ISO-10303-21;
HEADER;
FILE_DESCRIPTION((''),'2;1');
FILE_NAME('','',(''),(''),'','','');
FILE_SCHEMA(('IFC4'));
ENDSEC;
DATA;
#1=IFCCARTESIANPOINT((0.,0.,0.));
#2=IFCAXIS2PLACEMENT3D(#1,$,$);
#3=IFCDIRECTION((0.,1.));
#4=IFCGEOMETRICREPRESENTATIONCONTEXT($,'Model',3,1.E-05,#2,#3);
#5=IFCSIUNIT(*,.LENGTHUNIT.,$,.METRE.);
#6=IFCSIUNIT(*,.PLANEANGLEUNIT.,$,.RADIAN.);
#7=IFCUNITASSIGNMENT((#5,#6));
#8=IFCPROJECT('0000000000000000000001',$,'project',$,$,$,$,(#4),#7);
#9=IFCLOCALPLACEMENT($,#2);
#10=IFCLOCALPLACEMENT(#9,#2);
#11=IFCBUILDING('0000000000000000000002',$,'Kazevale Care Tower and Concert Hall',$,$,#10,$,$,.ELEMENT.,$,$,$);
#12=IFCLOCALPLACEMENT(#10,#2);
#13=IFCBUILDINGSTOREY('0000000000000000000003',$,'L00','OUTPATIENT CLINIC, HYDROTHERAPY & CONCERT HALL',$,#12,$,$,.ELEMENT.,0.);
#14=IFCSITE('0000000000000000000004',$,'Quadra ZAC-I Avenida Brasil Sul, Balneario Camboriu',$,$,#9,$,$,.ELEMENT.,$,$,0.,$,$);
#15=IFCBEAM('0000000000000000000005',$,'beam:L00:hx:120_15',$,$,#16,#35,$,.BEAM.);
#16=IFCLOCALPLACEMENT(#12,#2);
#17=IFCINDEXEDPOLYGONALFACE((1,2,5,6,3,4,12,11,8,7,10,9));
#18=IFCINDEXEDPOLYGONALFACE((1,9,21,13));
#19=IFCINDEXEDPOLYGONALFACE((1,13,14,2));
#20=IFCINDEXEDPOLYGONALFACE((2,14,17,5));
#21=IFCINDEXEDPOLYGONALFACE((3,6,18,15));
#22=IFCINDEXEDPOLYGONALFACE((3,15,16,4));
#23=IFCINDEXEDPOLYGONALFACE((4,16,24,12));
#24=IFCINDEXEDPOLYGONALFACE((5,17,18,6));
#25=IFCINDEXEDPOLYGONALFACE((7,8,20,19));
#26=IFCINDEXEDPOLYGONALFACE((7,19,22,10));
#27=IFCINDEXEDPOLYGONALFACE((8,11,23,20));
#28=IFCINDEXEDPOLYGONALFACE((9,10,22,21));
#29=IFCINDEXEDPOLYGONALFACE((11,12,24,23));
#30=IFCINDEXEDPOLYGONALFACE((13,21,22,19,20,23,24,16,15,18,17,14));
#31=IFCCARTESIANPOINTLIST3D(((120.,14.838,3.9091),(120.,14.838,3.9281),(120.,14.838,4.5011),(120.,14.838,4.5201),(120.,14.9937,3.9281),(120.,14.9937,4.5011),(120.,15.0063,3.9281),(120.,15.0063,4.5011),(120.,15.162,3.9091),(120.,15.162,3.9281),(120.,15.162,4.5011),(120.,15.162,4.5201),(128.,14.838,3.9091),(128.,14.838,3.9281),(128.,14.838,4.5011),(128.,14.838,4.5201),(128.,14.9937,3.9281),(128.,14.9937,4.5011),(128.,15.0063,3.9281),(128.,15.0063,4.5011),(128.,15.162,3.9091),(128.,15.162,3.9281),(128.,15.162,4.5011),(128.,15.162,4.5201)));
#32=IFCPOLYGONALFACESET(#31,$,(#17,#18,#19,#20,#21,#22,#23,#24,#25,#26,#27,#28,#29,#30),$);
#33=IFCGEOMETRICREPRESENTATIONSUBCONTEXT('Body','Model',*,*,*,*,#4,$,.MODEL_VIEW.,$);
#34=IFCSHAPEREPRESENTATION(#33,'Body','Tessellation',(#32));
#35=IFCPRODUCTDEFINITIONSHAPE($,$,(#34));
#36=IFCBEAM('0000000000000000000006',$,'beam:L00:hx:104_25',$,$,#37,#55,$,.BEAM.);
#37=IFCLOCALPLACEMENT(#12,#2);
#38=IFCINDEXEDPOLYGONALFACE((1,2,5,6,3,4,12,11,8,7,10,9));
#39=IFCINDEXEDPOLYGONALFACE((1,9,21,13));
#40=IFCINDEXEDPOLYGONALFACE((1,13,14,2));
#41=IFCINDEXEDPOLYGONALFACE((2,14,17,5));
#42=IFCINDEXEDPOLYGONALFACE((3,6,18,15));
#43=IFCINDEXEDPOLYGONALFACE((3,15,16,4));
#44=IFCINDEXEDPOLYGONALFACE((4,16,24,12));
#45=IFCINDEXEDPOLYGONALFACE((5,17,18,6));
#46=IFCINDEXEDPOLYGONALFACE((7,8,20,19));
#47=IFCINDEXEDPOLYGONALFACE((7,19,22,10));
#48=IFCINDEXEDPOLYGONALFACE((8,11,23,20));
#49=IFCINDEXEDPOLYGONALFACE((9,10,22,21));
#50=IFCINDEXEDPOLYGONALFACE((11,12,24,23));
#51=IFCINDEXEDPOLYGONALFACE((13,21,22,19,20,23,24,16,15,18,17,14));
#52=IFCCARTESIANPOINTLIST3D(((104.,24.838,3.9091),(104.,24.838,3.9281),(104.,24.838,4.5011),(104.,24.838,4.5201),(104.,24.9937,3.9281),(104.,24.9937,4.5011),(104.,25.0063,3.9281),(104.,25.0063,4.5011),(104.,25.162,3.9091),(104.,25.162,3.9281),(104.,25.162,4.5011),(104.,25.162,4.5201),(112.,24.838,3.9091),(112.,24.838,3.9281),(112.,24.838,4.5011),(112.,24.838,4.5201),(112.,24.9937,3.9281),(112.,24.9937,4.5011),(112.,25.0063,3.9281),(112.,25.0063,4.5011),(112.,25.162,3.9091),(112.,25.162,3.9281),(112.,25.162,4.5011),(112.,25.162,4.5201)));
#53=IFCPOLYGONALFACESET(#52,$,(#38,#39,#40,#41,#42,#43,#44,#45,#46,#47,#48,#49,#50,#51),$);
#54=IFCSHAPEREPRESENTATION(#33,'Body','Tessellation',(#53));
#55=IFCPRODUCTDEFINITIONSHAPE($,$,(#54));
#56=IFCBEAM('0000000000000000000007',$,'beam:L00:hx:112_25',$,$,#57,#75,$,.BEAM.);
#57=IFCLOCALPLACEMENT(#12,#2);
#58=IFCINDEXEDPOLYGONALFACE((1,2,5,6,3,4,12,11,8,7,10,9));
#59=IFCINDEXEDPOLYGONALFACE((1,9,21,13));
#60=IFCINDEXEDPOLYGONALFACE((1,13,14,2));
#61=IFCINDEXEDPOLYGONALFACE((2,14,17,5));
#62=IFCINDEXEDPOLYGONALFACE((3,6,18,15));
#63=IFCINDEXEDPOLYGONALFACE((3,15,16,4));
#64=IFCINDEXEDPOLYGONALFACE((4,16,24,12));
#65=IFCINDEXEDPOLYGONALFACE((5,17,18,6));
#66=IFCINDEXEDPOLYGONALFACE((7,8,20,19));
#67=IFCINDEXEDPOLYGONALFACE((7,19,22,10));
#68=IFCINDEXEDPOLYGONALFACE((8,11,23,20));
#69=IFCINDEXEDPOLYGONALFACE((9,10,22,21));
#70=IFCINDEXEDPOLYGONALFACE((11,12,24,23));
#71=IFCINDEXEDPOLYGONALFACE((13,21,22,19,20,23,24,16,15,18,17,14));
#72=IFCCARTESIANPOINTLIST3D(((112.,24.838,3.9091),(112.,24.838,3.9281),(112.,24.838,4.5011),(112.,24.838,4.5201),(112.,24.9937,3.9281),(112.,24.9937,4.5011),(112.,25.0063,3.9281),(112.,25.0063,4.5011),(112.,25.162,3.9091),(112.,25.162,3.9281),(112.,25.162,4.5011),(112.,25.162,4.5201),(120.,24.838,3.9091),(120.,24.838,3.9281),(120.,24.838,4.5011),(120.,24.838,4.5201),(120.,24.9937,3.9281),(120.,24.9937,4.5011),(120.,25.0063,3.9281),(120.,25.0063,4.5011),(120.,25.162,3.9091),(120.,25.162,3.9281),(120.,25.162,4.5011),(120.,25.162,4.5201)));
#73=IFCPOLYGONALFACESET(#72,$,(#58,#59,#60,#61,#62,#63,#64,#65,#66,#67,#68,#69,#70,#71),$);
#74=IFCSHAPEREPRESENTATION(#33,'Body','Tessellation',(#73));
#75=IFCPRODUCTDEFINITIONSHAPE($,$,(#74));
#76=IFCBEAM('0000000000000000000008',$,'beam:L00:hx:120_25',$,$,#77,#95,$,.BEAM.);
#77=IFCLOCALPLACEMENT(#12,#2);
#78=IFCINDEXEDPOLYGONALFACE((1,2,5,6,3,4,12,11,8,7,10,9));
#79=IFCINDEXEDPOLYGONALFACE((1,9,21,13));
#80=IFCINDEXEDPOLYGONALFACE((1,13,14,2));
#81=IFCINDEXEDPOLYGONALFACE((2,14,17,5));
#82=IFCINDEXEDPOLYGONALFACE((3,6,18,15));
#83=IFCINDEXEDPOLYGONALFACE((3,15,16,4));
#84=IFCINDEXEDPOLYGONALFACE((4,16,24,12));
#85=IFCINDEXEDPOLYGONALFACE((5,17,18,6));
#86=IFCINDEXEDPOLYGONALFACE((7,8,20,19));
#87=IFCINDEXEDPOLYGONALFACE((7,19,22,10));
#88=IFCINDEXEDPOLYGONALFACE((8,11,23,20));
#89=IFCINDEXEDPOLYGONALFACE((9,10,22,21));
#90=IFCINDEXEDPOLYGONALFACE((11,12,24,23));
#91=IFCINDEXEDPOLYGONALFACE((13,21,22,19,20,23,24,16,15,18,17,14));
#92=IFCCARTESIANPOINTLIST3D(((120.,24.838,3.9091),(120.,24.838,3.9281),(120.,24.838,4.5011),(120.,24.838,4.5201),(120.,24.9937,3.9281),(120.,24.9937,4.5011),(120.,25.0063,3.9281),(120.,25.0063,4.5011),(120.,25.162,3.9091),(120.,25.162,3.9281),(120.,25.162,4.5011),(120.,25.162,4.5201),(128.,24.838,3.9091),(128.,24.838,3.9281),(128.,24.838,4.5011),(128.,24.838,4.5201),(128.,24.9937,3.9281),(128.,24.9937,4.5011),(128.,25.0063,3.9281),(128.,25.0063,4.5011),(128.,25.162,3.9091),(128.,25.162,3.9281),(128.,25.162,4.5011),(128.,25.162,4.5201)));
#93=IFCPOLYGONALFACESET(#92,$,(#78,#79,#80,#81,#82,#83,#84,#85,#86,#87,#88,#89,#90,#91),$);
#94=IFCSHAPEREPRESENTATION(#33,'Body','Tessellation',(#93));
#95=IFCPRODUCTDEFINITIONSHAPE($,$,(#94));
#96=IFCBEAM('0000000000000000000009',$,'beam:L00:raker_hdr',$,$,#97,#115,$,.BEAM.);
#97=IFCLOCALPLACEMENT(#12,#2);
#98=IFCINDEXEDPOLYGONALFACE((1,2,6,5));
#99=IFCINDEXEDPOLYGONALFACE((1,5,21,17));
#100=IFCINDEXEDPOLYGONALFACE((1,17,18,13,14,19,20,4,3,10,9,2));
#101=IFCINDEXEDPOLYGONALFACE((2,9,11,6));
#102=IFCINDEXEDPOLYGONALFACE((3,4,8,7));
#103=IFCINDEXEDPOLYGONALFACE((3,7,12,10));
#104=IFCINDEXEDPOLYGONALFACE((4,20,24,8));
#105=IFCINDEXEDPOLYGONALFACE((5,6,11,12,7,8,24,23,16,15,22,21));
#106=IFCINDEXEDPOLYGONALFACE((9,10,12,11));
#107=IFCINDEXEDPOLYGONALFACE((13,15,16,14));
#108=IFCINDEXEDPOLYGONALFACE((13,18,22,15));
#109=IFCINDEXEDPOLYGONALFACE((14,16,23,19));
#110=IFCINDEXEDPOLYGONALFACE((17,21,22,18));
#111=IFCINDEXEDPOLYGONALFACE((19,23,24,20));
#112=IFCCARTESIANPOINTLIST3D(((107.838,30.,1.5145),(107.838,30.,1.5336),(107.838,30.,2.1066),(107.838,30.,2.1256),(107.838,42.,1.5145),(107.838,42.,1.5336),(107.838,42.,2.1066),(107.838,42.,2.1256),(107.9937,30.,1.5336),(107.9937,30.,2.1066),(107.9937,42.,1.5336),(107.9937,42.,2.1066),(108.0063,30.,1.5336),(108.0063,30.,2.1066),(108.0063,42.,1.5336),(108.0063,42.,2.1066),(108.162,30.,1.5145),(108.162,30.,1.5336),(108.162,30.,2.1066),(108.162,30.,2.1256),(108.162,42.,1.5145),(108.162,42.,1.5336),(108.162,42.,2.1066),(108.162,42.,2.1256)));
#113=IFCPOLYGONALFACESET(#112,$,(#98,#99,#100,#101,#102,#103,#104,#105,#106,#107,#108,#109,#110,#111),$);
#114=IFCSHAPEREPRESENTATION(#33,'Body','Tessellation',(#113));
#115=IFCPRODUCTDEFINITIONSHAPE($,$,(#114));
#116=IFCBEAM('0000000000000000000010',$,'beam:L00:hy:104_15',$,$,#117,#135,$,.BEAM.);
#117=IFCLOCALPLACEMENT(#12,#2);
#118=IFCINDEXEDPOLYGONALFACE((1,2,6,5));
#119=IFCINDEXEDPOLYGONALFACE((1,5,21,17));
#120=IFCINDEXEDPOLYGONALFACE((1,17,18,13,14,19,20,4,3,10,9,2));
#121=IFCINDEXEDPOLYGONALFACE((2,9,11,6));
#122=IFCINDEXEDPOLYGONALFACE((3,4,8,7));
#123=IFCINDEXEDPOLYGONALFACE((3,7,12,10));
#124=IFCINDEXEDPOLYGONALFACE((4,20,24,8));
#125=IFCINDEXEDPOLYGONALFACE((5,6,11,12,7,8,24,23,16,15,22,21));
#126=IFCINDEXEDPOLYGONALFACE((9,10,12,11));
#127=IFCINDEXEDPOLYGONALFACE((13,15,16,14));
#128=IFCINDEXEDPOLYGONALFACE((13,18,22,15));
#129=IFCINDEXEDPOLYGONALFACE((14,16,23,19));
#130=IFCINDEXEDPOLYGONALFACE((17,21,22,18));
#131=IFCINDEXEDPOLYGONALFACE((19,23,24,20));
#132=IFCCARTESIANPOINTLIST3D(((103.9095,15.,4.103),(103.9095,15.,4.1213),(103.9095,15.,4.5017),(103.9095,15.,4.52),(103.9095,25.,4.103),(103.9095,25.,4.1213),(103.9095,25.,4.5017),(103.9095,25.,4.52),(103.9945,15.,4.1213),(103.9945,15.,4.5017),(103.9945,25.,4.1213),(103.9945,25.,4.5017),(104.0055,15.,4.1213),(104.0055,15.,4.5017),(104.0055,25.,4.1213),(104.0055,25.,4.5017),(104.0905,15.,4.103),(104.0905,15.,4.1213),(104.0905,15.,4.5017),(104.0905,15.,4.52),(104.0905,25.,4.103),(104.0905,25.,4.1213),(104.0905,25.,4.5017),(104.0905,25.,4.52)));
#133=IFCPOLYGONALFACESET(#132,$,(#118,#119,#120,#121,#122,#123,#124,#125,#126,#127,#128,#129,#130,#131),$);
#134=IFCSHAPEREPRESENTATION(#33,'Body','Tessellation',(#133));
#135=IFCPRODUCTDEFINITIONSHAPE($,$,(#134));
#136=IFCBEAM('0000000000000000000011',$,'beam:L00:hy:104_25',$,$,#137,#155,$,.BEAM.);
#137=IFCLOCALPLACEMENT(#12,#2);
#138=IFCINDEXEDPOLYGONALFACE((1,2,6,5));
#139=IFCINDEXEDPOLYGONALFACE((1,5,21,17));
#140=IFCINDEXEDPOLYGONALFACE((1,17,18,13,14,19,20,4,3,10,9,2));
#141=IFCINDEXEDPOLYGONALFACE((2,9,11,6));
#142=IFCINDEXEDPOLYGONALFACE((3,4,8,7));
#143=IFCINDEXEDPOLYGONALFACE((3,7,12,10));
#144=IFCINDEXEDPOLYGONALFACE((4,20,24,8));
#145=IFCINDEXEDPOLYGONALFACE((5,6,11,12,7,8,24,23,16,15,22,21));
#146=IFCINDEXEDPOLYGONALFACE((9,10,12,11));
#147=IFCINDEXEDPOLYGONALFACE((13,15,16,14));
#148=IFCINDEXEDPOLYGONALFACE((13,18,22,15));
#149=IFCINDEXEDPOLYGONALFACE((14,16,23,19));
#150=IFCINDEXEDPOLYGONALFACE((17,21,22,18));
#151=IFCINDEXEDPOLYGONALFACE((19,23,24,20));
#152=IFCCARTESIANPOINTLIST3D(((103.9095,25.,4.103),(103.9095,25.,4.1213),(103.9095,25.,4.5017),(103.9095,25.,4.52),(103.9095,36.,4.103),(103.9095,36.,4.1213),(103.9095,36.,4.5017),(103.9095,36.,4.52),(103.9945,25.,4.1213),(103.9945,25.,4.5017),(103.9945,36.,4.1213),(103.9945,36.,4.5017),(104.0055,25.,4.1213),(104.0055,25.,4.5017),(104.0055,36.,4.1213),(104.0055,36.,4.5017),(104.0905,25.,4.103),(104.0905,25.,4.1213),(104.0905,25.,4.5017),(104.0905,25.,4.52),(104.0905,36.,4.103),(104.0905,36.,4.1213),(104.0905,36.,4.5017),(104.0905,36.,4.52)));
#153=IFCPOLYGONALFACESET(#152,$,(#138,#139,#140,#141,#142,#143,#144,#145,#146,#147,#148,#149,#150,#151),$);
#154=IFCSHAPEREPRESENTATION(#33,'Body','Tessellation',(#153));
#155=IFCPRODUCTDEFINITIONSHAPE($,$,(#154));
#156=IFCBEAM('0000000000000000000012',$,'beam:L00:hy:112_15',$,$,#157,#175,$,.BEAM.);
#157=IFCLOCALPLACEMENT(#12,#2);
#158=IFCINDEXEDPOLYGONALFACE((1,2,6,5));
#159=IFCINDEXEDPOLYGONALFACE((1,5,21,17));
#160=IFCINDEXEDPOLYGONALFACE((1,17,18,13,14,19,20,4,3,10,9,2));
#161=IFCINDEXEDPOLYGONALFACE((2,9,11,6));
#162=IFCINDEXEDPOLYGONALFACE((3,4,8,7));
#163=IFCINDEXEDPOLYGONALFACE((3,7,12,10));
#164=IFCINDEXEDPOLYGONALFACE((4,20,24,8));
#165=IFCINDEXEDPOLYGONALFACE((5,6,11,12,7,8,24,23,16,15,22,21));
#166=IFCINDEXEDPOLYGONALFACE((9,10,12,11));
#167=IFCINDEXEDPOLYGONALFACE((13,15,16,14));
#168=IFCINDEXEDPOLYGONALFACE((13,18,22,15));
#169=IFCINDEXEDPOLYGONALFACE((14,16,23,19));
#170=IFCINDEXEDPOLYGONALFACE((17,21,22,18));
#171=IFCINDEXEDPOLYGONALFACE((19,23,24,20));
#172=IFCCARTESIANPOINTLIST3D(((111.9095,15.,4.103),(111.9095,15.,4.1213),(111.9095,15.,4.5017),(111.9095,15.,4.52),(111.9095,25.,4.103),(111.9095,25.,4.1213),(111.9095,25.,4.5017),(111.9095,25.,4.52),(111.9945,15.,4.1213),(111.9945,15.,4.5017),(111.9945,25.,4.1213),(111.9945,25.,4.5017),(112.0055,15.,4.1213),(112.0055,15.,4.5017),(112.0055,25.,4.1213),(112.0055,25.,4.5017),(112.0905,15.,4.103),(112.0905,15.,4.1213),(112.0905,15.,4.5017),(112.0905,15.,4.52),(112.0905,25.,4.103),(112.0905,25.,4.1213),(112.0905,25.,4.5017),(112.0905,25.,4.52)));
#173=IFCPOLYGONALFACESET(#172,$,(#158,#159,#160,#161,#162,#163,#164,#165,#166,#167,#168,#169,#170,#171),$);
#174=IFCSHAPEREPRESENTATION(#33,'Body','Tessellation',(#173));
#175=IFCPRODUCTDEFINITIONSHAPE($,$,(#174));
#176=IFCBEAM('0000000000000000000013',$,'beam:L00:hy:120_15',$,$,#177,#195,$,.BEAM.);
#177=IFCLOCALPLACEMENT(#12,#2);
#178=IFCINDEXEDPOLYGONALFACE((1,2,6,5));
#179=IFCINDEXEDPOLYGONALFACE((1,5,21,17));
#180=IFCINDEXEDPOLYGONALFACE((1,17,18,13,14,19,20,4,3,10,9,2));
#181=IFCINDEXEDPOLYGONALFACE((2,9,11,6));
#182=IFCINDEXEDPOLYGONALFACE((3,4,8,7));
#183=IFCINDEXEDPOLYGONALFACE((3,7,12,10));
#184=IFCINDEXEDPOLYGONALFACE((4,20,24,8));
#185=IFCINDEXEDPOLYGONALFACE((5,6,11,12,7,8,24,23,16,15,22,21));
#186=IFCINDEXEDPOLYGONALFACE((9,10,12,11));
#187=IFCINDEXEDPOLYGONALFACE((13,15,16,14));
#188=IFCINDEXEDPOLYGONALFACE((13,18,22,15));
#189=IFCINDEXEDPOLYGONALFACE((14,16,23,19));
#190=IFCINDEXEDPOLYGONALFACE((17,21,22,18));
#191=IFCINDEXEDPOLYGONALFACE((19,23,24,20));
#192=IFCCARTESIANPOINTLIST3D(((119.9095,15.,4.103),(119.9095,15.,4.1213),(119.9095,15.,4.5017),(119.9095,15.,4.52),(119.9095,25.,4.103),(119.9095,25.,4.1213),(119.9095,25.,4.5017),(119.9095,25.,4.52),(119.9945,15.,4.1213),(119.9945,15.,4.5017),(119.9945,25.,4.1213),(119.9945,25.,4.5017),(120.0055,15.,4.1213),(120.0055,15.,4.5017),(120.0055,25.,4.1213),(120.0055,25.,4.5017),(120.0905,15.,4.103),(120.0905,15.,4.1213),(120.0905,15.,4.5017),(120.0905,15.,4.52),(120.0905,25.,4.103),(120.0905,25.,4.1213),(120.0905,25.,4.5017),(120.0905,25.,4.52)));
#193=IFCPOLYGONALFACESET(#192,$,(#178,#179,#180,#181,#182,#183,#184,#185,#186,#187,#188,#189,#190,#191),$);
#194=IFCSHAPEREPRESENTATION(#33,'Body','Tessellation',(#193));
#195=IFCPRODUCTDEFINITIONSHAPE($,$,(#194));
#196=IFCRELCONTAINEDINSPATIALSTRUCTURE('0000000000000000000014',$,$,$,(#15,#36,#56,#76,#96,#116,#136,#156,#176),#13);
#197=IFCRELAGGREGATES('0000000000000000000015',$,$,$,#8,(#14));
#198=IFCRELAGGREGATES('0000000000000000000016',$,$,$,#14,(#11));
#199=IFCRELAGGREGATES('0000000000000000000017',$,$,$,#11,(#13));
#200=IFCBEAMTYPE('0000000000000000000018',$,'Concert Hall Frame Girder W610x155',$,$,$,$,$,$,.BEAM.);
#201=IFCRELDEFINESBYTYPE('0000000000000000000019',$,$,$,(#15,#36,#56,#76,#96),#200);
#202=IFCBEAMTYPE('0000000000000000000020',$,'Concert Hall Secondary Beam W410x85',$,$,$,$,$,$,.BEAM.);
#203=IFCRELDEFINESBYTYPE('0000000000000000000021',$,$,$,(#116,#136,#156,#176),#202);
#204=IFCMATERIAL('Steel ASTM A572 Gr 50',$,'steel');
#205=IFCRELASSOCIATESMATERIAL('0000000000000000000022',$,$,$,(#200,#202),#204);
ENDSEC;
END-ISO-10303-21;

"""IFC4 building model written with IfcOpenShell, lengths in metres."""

from ifc_helpers import new_model, si_unit, direction, frame, origin, origin_2d, place, context, subcontext, project, spatial, i_section, extrude, material, material_profile, profile_set, type_object, element, save


model = new_model("IFC4")

# Units and contexts
model_context = context("Model", 3, precision=1e-05, world=origin(), true_north=direction((0.0, 1.0)))
body_context = subcontext(model_context, "Body", "Model", "MODEL_VIEW")
ifc_project = project(units=[si_unit("LENGTHUNIT", "METRE"), si_unit("PLANEANGLEUNIT", "RADIAN")], contexts=[model_context])

# Site, building, storey
site_placement = place(None, origin())
site = spatial("IfcSite", under=ifc_project, at=site_placement, Name="Quadra ZAC-I Avenida Brasil Sul, Balneario Camboriu", CompositionType="ELEMENT", RefElevation=0.0)
building_placement = place(site_placement, origin())
building = spatial("IfcBuilding", under=site, at=building_placement, Name="Kazevale Care Tower and Concert Hall", CompositionType="ELEMENT")
storey_placement = place(building_placement, origin())
storey = spatial("IfcBuildingStorey", under=building, at=storey_placement, Name="L00", Description="OUTPATIENT CLINIC, HYDROTHERAPY & CONCERT HALL", CompositionType="ELEMENT", Elevation=0.0)

# Beams
ifc_material_1 = material(Name="Steel ASTM A572 Gr 50", Category="steel")
ifc_material_profile_1 = material_profile(ifc_material_1, i_section(OverallWidth=0.324, OverallDepth=0.6111, WebThickness=0.0127, FlangeThickness=0.019, at=origin_2d()), Name="W610x155")
ifc_profile_set_1 = profile_set([ifc_material_profile_1], Name="Steel ASTM A572 Gr 50")
beam_type_1 = type_object("IfcBeamType", Name="Concert Hall Frame Girder W610x155", PredefinedType="BEAM", material=ifc_profile_set_1)
for number, where, z_axis, x_axis, name in (
    (1, (120.0, 15.0, 4.2146), (1.0, 0.0, 0.0), (0.0, 1.0, 0.0), "beam:L00:hx:120_15"),
    (2, (104.0, 25.0, 4.2146), (1.0, 0.0, 0.0), (0.0, 1.0, 0.0), "beam:L00:hx:104_25"),
    (3, (112.0, 25.0, 4.2146), (1.0, 0.0, 0.0), (0.0, 1.0, 0.0), "beam:L00:hx:112_25"),
    (4, (120.0, 25.0, 4.2146), (1.0, 0.0, 0.0), (0.0, 1.0, 0.0), "beam:L00:hx:120_25"),
):
    element("IfcBeam", number, at=place(storey_placement, frame(where, z_axis=z_axis, x_axis=x_axis)), inside=storey, type_object=beam_type_1, Name=name, PredefinedType="BEAM", context=body_context, shape_type="SweptSolid", body=[
        extrude(i_section(OverallWidth=0.324, OverallDepth=0.6111, WebThickness=0.0127, FlangeThickness=0.019, at=origin_2d()), origin(), (0.0, 0.0, 1.0), 8.0),
    ])
beam_1_placement = place(storey_placement, frame((108.0, 30.0, 1.8201), z_axis=(0.0, 1.0, 0.0), x_axis=(-1.0, 0.0, 0.0)))
element("IfcBeam", 5, at=beam_1_placement, inside=storey, type_object=beam_type_1, Name="beam:L00:raker_hdr", PredefinedType="BEAM", context=body_context, shape_type="SweptSolid", body=[
    extrude(i_section(OverallWidth=0.324, OverallDepth=0.6111, WebThickness=0.0127, FlangeThickness=0.019, at=origin_2d()), origin(), (0.0, 0.0, 1.0), 12.0),
])
ifc_material_profile_2 = material_profile(ifc_material_1, i_section(OverallWidth=0.1809, OverallDepth=0.417, WebThickness=0.011, FlangeThickness=0.0183, at=origin_2d()), Name="W410x85")
ifc_profile_set_2 = profile_set([ifc_material_profile_2], Name="Steel ASTM A572 Gr 50")
beam_type_2 = type_object("IfcBeamType", Name="Concert Hall Secondary Beam W410x85", PredefinedType="BEAM", material=ifc_profile_set_2)
beam_2_placement = place(storey_placement, frame((104.0, 15.0, 4.3115), z_axis=(0.0, 1.0, 0.0), x_axis=(-1.0, 0.0, 0.0)))
element("IfcBeam", 6, at=beam_2_placement, inside=storey, type_object=beam_type_2, Name="beam:L00:hy:104_15", PredefinedType="BEAM", context=body_context, shape_type="SweptSolid", body=[
    extrude(i_section(OverallWidth=0.1809, OverallDepth=0.417, WebThickness=0.011, FlangeThickness=0.0183, at=origin_2d()), origin(), (0.0, 0.0, 1.0), 10.0),
])
beam_3_placement = place(storey_placement, frame((104.0, 25.0, 4.3115), z_axis=(0.0, 1.0, 0.0), x_axis=(-1.0, 0.0, 0.0)))
element("IfcBeam", 7, at=beam_3_placement, inside=storey, type_object=beam_type_2, Name="beam:L00:hy:104_25", PredefinedType="BEAM", context=body_context, shape_type="SweptSolid", body=[
    extrude(i_section(OverallWidth=0.1809, OverallDepth=0.417, WebThickness=0.011, FlangeThickness=0.0183, at=origin_2d()), origin(), (0.0, 0.0, 1.0), 11.0),
])
for number, where, z_axis, x_axis, name in (
    (8, (112.0, 15.0, 4.3115), (0.0, 1.0, 0.0), (-1.0, 0.0, 0.0), "beam:L00:hy:112_15"),
    (9, (120.0, 15.0, 4.3115), (0.0, 1.0, 0.0), (-1.0, 0.0, 0.0), "beam:L00:hy:120_15"),
):
    element("IfcBeam", number, at=place(storey_placement, frame(where, z_axis=z_axis, x_axis=x_axis)), inside=storey, type_object=beam_type_2, Name=name, PredefinedType="BEAM", context=body_context, shape_type="SweptSolid", body=[
        extrude(i_section(OverallWidth=0.1809, OverallDepth=0.417, WebThickness=0.011, FlangeThickness=0.0183, at=origin_2d()), origin(), (0.0, 0.0, 1.0), 10.0),
    ])

save(model, "model.ifc")
